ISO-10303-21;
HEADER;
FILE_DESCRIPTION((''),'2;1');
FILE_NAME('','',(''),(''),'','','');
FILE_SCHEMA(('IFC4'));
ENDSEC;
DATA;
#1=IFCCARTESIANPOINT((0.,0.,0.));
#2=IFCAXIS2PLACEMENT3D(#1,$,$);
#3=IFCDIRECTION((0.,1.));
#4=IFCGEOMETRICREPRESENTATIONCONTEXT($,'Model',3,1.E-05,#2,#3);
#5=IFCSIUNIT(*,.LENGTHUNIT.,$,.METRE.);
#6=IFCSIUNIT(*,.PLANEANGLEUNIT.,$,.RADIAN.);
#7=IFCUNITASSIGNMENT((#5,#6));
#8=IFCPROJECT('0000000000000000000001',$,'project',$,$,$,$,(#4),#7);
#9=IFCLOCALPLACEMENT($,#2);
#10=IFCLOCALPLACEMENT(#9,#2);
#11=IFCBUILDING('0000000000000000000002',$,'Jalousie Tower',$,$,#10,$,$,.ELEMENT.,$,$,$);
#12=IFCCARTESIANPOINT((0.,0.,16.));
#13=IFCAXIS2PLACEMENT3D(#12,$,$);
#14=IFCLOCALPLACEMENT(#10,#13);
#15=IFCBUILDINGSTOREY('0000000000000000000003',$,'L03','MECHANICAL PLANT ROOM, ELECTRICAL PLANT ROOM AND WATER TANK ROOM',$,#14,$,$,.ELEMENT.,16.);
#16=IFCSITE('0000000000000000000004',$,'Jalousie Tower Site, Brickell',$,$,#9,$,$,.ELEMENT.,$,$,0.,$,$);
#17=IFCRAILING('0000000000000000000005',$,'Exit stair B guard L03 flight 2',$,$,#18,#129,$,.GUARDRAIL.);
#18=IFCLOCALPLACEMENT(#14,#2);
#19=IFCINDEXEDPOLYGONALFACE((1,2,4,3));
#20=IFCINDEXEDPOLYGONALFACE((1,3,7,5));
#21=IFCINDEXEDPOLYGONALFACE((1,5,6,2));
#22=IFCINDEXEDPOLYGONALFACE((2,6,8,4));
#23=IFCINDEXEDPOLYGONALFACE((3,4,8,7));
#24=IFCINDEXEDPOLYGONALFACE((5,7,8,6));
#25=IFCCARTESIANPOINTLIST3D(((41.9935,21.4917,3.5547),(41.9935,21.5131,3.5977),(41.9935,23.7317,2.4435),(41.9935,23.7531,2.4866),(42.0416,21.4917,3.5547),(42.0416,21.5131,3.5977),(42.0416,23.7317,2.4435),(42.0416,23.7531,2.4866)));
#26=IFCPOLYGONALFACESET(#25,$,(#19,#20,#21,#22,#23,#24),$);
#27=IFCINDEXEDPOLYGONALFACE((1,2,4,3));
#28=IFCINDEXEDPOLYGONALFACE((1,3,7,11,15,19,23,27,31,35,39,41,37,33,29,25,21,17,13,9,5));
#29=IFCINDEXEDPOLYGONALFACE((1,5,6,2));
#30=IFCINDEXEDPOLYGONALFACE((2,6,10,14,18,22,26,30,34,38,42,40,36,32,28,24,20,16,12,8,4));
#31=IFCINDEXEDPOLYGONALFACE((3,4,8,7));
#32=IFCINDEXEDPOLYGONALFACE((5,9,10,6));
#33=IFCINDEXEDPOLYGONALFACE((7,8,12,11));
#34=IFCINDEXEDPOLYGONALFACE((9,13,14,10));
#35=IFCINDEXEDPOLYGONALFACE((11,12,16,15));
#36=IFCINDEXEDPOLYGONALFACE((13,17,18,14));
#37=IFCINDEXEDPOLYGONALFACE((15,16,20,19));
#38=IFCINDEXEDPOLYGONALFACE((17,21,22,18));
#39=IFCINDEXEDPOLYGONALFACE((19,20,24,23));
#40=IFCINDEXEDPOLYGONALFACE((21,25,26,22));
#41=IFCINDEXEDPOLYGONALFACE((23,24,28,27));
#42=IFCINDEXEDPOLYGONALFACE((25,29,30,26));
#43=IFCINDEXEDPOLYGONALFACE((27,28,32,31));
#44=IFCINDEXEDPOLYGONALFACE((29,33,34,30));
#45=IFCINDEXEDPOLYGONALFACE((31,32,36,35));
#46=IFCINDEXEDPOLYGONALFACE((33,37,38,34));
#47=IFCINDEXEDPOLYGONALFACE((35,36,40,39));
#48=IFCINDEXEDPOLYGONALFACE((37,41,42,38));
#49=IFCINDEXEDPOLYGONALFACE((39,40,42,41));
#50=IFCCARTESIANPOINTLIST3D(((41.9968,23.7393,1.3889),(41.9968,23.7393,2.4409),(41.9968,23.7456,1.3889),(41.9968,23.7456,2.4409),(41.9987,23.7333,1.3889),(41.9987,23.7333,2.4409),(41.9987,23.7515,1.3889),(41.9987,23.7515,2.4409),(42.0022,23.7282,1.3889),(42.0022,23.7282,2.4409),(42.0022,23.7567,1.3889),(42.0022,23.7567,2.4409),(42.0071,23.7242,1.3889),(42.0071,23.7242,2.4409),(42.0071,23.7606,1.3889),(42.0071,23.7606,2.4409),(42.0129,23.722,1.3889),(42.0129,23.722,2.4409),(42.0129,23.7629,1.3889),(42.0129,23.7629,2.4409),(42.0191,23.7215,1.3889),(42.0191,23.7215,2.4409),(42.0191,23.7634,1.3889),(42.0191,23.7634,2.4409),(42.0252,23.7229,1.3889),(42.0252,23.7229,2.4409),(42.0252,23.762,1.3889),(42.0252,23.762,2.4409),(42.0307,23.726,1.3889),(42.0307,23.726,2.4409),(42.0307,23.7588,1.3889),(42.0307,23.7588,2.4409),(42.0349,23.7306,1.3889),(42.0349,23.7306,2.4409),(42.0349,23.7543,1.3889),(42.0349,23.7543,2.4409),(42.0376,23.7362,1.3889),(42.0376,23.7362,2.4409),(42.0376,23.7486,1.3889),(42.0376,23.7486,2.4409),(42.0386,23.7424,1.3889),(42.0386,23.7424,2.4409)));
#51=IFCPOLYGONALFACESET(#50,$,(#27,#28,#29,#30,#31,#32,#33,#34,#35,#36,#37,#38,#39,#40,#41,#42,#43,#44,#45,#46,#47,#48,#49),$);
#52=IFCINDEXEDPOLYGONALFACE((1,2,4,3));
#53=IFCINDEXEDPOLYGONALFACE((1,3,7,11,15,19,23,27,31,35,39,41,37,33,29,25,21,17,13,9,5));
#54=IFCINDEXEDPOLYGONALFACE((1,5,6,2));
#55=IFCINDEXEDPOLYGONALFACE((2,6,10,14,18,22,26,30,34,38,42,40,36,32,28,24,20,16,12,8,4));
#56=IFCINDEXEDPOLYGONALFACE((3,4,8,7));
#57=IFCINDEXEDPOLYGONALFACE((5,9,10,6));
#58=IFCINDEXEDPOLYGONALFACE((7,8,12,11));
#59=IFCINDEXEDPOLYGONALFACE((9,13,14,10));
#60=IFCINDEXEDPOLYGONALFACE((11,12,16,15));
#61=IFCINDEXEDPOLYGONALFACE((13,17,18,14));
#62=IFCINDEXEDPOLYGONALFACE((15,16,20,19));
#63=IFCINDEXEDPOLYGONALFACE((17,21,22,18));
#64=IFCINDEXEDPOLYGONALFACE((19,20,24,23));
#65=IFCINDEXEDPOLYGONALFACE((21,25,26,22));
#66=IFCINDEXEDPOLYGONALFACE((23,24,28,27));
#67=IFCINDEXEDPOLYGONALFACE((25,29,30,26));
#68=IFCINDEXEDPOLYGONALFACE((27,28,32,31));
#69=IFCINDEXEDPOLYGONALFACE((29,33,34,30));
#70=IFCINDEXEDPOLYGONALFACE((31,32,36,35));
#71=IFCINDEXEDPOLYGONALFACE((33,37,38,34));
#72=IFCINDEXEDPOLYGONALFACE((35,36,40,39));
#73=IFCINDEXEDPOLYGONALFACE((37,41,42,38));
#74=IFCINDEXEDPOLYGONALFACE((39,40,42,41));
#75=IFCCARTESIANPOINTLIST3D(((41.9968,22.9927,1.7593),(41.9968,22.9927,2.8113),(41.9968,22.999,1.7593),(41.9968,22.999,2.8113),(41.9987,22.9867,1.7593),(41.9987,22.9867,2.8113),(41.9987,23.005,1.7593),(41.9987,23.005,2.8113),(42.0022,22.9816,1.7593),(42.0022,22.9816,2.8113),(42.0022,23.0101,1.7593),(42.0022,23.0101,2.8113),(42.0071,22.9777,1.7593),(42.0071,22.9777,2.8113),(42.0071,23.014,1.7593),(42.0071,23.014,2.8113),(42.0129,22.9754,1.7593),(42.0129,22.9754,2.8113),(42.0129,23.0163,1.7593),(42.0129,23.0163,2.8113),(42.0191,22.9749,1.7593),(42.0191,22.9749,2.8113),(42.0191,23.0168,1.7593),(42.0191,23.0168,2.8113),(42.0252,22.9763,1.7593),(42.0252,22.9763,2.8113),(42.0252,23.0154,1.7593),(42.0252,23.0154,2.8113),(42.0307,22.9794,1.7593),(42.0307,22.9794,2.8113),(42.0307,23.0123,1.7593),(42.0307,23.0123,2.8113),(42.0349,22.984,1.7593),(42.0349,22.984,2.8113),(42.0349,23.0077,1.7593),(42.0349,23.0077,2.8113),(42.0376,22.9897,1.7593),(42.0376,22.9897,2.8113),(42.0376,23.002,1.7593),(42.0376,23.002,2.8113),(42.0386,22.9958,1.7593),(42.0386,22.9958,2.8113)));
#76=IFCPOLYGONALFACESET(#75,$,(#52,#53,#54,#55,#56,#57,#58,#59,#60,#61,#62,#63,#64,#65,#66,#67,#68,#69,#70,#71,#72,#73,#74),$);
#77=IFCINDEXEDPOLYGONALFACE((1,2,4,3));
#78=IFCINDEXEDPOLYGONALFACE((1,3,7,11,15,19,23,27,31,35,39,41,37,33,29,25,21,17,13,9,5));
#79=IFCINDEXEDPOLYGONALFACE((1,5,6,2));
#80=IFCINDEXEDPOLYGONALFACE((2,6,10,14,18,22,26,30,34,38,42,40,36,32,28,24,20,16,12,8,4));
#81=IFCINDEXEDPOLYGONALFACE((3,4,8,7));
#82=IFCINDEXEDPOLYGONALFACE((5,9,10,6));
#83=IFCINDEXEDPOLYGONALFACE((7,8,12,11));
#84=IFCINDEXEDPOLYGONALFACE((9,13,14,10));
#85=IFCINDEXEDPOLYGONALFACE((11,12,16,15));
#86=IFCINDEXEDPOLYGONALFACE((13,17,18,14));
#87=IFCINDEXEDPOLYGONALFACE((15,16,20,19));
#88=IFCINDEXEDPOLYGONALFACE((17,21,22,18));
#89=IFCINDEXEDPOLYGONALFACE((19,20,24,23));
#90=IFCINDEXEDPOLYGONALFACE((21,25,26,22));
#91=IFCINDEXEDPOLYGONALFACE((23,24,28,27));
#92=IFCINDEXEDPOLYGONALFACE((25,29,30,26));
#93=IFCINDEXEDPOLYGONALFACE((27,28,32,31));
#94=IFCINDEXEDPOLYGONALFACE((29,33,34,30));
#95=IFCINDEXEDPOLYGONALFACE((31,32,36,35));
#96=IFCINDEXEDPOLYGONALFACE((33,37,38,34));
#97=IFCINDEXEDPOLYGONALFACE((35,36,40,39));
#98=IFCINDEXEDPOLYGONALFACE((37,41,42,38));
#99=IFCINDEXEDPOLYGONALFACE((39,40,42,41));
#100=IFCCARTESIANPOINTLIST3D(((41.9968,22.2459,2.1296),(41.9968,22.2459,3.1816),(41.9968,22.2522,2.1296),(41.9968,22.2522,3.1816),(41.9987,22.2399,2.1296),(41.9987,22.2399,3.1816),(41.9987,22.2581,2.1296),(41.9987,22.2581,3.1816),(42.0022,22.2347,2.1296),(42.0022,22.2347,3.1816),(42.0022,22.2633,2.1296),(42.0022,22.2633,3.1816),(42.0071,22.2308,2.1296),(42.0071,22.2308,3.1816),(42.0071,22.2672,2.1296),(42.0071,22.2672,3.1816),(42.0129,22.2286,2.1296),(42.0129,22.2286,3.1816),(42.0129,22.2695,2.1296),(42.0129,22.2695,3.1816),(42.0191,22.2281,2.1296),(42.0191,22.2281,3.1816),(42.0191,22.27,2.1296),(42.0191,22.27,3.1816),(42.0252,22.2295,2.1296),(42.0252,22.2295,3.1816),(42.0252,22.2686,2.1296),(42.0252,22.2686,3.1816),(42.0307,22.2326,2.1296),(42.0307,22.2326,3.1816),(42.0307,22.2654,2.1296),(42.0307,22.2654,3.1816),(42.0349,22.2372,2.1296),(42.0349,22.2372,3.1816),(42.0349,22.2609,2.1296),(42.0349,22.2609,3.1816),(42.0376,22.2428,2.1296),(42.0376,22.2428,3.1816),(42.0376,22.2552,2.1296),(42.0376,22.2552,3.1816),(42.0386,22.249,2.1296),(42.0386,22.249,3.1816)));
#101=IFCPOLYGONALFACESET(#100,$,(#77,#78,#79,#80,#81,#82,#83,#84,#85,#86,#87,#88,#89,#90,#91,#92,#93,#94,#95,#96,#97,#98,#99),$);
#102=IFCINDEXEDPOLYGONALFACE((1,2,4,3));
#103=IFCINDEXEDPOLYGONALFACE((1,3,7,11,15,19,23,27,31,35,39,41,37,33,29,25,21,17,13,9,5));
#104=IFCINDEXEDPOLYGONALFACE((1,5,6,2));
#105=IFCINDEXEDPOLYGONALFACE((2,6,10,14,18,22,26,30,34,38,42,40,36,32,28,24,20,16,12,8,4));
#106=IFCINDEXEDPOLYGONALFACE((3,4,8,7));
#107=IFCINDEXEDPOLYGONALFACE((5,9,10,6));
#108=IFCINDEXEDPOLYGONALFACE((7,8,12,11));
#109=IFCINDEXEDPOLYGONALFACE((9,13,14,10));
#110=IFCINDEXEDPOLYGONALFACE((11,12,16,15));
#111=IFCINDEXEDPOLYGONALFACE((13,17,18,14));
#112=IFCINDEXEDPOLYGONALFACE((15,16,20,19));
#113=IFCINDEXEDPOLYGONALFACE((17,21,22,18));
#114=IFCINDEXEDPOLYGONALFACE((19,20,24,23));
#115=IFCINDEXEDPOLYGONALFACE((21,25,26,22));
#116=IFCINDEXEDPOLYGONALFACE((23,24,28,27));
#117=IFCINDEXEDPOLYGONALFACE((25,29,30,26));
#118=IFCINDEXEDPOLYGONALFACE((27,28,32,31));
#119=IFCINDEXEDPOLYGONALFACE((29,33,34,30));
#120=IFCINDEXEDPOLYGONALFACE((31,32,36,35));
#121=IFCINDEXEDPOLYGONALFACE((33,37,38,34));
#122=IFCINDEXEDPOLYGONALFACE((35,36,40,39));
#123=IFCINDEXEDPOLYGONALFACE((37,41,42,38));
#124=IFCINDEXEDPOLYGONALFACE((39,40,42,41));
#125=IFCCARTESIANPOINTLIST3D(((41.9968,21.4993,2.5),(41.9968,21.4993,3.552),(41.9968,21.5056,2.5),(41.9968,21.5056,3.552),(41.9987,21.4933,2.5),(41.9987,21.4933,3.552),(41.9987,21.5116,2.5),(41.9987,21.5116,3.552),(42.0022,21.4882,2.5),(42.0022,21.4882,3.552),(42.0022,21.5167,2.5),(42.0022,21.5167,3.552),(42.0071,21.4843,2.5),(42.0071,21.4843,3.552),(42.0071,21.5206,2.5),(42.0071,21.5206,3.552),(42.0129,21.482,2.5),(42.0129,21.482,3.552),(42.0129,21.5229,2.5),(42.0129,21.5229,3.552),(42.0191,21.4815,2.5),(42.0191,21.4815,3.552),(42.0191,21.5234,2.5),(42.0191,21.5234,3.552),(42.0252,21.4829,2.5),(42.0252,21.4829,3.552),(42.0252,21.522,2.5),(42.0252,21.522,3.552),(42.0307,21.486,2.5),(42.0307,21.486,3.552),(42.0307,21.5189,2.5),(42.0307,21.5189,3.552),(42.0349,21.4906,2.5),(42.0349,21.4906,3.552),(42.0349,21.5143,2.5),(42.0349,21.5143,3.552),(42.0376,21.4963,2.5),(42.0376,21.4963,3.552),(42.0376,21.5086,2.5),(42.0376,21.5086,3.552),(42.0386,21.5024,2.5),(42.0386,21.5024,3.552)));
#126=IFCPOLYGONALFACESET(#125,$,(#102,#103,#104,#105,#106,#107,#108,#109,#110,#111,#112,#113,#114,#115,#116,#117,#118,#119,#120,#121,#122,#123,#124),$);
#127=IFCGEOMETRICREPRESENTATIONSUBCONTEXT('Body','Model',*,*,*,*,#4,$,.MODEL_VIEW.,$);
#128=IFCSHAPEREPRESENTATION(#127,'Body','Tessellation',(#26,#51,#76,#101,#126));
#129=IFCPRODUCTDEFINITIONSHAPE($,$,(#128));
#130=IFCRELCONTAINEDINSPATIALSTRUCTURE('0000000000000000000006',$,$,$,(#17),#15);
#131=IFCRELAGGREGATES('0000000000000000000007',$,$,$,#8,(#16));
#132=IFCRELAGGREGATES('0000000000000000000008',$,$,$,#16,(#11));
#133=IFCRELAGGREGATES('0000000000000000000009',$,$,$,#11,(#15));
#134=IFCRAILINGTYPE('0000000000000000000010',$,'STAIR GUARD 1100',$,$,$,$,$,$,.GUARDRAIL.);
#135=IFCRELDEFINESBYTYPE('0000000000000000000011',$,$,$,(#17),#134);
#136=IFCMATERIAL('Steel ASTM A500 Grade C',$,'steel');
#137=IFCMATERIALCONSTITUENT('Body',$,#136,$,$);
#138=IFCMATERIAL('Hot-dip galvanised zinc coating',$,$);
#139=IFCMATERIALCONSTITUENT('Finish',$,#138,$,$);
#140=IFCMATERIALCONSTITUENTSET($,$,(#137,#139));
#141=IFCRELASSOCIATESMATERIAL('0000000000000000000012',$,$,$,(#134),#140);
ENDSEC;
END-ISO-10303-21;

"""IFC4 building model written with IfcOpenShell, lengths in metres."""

from ifc_helpers import new_model, si_unit, direction, frame, origin, origin_2d, place, context, subcontext, project, spatial, rectangle, circle, extrude, material, constituent, constituent_set, type_object, element, save


model = new_model("IFC4")

# Units and contexts
model_context = context("Model", 3, precision=1e-05, world=origin(), true_north=direction((0.0, 1.0)))
body_context = subcontext(model_context, "Body", "Model", "MODEL_VIEW")
ifc_project = project(units=[si_unit("LENGTHUNIT", "METRE"), si_unit("PLANEANGLEUNIT", "RADIAN")], contexts=[model_context])

# Site, building, storey
site_placement = place(None, origin())
site = spatial("IfcSite", under=ifc_project, at=site_placement, Name="Jalousie Tower Site, Brickell", CompositionType="ELEMENT", RefElevation=0.0)
building_placement = place(site_placement, origin())
building = spatial("IfcBuilding", under=site, at=building_placement, Name="Jalousie Tower", CompositionType="ELEMENT")
storey_placement = place(building_placement, frame((0.0, 0.0, 16.0)))
storey = spatial("IfcBuildingStorey", under=building, at=storey_placement, Name="L03", Description="MECHANICAL PLANT ROOM, ELECTRICAL PLANT ROOM AND WATER TANK ROOM", CompositionType="ELEMENT", Elevation=16.0)

# Railing
ifc_material_1 = material(Name="Steel ASTM A500 Grade C", Category="steel")
ifc_constituent_1 = constituent(ifc_material_1, Name="Body")
ifc_material_2 = material(Name="Hot-dip galvanised zinc coating")
ifc_constituent_2 = constituent(ifc_material_2, Name="Finish")
ifc_constituent_set_1 = constituent_set(constituents=[ifc_constituent_1, ifc_constituent_2])
railing_type_1 = type_object("IfcRailingType", Name="STAIR GUARD 1100", PredefinedType="GUARDRAIL", material=ifc_constituent_set_1)
railing_1_placement = place(storey_placement, frame((42.0176, 23.7424, 1.3889)))
element("IfcRailing", 1, at=railing_1_placement, inside=storey, type_object=railing_type_1, Name="Exit stair B guard L03 flight 2", PredefinedType="GUARDRAIL", context=body_context, shape_type="SweptSolid", body=[
    extrude(rectangle(XDim=0.0481, YDim=0.0481, at=origin_2d()), frame((0.0, 0.0, 1.0762), z_axis=(0.0, -0.895848, 0.44436), x_axis=(1.0, 0.0, 0.0)), (0.0, 0.0, 1.0), 2.5005),
    extrude(circle(Radius=0.021, at=origin_2d()), origin(), (0.0, 0.0, 1.0), 1.052),
    extrude(circle(Radius=0.021, at=origin_2d()), frame((0.0, -0.7466, 0.3704)), (0.0, 0.0, 1.0), 1.052),
    extrude(circle(Radius=0.021, at=origin_2d()), frame((0.0, -1.4934, 0.7407)), (0.0, 0.0, 1.0), 1.052),
    extrude(circle(Radius=0.021, at=origin_2d()), frame((0.0, -2.24, 1.1111)), (0.0, 0.0, 1.0), 1.052),
])

save(model, "model.ifc")
